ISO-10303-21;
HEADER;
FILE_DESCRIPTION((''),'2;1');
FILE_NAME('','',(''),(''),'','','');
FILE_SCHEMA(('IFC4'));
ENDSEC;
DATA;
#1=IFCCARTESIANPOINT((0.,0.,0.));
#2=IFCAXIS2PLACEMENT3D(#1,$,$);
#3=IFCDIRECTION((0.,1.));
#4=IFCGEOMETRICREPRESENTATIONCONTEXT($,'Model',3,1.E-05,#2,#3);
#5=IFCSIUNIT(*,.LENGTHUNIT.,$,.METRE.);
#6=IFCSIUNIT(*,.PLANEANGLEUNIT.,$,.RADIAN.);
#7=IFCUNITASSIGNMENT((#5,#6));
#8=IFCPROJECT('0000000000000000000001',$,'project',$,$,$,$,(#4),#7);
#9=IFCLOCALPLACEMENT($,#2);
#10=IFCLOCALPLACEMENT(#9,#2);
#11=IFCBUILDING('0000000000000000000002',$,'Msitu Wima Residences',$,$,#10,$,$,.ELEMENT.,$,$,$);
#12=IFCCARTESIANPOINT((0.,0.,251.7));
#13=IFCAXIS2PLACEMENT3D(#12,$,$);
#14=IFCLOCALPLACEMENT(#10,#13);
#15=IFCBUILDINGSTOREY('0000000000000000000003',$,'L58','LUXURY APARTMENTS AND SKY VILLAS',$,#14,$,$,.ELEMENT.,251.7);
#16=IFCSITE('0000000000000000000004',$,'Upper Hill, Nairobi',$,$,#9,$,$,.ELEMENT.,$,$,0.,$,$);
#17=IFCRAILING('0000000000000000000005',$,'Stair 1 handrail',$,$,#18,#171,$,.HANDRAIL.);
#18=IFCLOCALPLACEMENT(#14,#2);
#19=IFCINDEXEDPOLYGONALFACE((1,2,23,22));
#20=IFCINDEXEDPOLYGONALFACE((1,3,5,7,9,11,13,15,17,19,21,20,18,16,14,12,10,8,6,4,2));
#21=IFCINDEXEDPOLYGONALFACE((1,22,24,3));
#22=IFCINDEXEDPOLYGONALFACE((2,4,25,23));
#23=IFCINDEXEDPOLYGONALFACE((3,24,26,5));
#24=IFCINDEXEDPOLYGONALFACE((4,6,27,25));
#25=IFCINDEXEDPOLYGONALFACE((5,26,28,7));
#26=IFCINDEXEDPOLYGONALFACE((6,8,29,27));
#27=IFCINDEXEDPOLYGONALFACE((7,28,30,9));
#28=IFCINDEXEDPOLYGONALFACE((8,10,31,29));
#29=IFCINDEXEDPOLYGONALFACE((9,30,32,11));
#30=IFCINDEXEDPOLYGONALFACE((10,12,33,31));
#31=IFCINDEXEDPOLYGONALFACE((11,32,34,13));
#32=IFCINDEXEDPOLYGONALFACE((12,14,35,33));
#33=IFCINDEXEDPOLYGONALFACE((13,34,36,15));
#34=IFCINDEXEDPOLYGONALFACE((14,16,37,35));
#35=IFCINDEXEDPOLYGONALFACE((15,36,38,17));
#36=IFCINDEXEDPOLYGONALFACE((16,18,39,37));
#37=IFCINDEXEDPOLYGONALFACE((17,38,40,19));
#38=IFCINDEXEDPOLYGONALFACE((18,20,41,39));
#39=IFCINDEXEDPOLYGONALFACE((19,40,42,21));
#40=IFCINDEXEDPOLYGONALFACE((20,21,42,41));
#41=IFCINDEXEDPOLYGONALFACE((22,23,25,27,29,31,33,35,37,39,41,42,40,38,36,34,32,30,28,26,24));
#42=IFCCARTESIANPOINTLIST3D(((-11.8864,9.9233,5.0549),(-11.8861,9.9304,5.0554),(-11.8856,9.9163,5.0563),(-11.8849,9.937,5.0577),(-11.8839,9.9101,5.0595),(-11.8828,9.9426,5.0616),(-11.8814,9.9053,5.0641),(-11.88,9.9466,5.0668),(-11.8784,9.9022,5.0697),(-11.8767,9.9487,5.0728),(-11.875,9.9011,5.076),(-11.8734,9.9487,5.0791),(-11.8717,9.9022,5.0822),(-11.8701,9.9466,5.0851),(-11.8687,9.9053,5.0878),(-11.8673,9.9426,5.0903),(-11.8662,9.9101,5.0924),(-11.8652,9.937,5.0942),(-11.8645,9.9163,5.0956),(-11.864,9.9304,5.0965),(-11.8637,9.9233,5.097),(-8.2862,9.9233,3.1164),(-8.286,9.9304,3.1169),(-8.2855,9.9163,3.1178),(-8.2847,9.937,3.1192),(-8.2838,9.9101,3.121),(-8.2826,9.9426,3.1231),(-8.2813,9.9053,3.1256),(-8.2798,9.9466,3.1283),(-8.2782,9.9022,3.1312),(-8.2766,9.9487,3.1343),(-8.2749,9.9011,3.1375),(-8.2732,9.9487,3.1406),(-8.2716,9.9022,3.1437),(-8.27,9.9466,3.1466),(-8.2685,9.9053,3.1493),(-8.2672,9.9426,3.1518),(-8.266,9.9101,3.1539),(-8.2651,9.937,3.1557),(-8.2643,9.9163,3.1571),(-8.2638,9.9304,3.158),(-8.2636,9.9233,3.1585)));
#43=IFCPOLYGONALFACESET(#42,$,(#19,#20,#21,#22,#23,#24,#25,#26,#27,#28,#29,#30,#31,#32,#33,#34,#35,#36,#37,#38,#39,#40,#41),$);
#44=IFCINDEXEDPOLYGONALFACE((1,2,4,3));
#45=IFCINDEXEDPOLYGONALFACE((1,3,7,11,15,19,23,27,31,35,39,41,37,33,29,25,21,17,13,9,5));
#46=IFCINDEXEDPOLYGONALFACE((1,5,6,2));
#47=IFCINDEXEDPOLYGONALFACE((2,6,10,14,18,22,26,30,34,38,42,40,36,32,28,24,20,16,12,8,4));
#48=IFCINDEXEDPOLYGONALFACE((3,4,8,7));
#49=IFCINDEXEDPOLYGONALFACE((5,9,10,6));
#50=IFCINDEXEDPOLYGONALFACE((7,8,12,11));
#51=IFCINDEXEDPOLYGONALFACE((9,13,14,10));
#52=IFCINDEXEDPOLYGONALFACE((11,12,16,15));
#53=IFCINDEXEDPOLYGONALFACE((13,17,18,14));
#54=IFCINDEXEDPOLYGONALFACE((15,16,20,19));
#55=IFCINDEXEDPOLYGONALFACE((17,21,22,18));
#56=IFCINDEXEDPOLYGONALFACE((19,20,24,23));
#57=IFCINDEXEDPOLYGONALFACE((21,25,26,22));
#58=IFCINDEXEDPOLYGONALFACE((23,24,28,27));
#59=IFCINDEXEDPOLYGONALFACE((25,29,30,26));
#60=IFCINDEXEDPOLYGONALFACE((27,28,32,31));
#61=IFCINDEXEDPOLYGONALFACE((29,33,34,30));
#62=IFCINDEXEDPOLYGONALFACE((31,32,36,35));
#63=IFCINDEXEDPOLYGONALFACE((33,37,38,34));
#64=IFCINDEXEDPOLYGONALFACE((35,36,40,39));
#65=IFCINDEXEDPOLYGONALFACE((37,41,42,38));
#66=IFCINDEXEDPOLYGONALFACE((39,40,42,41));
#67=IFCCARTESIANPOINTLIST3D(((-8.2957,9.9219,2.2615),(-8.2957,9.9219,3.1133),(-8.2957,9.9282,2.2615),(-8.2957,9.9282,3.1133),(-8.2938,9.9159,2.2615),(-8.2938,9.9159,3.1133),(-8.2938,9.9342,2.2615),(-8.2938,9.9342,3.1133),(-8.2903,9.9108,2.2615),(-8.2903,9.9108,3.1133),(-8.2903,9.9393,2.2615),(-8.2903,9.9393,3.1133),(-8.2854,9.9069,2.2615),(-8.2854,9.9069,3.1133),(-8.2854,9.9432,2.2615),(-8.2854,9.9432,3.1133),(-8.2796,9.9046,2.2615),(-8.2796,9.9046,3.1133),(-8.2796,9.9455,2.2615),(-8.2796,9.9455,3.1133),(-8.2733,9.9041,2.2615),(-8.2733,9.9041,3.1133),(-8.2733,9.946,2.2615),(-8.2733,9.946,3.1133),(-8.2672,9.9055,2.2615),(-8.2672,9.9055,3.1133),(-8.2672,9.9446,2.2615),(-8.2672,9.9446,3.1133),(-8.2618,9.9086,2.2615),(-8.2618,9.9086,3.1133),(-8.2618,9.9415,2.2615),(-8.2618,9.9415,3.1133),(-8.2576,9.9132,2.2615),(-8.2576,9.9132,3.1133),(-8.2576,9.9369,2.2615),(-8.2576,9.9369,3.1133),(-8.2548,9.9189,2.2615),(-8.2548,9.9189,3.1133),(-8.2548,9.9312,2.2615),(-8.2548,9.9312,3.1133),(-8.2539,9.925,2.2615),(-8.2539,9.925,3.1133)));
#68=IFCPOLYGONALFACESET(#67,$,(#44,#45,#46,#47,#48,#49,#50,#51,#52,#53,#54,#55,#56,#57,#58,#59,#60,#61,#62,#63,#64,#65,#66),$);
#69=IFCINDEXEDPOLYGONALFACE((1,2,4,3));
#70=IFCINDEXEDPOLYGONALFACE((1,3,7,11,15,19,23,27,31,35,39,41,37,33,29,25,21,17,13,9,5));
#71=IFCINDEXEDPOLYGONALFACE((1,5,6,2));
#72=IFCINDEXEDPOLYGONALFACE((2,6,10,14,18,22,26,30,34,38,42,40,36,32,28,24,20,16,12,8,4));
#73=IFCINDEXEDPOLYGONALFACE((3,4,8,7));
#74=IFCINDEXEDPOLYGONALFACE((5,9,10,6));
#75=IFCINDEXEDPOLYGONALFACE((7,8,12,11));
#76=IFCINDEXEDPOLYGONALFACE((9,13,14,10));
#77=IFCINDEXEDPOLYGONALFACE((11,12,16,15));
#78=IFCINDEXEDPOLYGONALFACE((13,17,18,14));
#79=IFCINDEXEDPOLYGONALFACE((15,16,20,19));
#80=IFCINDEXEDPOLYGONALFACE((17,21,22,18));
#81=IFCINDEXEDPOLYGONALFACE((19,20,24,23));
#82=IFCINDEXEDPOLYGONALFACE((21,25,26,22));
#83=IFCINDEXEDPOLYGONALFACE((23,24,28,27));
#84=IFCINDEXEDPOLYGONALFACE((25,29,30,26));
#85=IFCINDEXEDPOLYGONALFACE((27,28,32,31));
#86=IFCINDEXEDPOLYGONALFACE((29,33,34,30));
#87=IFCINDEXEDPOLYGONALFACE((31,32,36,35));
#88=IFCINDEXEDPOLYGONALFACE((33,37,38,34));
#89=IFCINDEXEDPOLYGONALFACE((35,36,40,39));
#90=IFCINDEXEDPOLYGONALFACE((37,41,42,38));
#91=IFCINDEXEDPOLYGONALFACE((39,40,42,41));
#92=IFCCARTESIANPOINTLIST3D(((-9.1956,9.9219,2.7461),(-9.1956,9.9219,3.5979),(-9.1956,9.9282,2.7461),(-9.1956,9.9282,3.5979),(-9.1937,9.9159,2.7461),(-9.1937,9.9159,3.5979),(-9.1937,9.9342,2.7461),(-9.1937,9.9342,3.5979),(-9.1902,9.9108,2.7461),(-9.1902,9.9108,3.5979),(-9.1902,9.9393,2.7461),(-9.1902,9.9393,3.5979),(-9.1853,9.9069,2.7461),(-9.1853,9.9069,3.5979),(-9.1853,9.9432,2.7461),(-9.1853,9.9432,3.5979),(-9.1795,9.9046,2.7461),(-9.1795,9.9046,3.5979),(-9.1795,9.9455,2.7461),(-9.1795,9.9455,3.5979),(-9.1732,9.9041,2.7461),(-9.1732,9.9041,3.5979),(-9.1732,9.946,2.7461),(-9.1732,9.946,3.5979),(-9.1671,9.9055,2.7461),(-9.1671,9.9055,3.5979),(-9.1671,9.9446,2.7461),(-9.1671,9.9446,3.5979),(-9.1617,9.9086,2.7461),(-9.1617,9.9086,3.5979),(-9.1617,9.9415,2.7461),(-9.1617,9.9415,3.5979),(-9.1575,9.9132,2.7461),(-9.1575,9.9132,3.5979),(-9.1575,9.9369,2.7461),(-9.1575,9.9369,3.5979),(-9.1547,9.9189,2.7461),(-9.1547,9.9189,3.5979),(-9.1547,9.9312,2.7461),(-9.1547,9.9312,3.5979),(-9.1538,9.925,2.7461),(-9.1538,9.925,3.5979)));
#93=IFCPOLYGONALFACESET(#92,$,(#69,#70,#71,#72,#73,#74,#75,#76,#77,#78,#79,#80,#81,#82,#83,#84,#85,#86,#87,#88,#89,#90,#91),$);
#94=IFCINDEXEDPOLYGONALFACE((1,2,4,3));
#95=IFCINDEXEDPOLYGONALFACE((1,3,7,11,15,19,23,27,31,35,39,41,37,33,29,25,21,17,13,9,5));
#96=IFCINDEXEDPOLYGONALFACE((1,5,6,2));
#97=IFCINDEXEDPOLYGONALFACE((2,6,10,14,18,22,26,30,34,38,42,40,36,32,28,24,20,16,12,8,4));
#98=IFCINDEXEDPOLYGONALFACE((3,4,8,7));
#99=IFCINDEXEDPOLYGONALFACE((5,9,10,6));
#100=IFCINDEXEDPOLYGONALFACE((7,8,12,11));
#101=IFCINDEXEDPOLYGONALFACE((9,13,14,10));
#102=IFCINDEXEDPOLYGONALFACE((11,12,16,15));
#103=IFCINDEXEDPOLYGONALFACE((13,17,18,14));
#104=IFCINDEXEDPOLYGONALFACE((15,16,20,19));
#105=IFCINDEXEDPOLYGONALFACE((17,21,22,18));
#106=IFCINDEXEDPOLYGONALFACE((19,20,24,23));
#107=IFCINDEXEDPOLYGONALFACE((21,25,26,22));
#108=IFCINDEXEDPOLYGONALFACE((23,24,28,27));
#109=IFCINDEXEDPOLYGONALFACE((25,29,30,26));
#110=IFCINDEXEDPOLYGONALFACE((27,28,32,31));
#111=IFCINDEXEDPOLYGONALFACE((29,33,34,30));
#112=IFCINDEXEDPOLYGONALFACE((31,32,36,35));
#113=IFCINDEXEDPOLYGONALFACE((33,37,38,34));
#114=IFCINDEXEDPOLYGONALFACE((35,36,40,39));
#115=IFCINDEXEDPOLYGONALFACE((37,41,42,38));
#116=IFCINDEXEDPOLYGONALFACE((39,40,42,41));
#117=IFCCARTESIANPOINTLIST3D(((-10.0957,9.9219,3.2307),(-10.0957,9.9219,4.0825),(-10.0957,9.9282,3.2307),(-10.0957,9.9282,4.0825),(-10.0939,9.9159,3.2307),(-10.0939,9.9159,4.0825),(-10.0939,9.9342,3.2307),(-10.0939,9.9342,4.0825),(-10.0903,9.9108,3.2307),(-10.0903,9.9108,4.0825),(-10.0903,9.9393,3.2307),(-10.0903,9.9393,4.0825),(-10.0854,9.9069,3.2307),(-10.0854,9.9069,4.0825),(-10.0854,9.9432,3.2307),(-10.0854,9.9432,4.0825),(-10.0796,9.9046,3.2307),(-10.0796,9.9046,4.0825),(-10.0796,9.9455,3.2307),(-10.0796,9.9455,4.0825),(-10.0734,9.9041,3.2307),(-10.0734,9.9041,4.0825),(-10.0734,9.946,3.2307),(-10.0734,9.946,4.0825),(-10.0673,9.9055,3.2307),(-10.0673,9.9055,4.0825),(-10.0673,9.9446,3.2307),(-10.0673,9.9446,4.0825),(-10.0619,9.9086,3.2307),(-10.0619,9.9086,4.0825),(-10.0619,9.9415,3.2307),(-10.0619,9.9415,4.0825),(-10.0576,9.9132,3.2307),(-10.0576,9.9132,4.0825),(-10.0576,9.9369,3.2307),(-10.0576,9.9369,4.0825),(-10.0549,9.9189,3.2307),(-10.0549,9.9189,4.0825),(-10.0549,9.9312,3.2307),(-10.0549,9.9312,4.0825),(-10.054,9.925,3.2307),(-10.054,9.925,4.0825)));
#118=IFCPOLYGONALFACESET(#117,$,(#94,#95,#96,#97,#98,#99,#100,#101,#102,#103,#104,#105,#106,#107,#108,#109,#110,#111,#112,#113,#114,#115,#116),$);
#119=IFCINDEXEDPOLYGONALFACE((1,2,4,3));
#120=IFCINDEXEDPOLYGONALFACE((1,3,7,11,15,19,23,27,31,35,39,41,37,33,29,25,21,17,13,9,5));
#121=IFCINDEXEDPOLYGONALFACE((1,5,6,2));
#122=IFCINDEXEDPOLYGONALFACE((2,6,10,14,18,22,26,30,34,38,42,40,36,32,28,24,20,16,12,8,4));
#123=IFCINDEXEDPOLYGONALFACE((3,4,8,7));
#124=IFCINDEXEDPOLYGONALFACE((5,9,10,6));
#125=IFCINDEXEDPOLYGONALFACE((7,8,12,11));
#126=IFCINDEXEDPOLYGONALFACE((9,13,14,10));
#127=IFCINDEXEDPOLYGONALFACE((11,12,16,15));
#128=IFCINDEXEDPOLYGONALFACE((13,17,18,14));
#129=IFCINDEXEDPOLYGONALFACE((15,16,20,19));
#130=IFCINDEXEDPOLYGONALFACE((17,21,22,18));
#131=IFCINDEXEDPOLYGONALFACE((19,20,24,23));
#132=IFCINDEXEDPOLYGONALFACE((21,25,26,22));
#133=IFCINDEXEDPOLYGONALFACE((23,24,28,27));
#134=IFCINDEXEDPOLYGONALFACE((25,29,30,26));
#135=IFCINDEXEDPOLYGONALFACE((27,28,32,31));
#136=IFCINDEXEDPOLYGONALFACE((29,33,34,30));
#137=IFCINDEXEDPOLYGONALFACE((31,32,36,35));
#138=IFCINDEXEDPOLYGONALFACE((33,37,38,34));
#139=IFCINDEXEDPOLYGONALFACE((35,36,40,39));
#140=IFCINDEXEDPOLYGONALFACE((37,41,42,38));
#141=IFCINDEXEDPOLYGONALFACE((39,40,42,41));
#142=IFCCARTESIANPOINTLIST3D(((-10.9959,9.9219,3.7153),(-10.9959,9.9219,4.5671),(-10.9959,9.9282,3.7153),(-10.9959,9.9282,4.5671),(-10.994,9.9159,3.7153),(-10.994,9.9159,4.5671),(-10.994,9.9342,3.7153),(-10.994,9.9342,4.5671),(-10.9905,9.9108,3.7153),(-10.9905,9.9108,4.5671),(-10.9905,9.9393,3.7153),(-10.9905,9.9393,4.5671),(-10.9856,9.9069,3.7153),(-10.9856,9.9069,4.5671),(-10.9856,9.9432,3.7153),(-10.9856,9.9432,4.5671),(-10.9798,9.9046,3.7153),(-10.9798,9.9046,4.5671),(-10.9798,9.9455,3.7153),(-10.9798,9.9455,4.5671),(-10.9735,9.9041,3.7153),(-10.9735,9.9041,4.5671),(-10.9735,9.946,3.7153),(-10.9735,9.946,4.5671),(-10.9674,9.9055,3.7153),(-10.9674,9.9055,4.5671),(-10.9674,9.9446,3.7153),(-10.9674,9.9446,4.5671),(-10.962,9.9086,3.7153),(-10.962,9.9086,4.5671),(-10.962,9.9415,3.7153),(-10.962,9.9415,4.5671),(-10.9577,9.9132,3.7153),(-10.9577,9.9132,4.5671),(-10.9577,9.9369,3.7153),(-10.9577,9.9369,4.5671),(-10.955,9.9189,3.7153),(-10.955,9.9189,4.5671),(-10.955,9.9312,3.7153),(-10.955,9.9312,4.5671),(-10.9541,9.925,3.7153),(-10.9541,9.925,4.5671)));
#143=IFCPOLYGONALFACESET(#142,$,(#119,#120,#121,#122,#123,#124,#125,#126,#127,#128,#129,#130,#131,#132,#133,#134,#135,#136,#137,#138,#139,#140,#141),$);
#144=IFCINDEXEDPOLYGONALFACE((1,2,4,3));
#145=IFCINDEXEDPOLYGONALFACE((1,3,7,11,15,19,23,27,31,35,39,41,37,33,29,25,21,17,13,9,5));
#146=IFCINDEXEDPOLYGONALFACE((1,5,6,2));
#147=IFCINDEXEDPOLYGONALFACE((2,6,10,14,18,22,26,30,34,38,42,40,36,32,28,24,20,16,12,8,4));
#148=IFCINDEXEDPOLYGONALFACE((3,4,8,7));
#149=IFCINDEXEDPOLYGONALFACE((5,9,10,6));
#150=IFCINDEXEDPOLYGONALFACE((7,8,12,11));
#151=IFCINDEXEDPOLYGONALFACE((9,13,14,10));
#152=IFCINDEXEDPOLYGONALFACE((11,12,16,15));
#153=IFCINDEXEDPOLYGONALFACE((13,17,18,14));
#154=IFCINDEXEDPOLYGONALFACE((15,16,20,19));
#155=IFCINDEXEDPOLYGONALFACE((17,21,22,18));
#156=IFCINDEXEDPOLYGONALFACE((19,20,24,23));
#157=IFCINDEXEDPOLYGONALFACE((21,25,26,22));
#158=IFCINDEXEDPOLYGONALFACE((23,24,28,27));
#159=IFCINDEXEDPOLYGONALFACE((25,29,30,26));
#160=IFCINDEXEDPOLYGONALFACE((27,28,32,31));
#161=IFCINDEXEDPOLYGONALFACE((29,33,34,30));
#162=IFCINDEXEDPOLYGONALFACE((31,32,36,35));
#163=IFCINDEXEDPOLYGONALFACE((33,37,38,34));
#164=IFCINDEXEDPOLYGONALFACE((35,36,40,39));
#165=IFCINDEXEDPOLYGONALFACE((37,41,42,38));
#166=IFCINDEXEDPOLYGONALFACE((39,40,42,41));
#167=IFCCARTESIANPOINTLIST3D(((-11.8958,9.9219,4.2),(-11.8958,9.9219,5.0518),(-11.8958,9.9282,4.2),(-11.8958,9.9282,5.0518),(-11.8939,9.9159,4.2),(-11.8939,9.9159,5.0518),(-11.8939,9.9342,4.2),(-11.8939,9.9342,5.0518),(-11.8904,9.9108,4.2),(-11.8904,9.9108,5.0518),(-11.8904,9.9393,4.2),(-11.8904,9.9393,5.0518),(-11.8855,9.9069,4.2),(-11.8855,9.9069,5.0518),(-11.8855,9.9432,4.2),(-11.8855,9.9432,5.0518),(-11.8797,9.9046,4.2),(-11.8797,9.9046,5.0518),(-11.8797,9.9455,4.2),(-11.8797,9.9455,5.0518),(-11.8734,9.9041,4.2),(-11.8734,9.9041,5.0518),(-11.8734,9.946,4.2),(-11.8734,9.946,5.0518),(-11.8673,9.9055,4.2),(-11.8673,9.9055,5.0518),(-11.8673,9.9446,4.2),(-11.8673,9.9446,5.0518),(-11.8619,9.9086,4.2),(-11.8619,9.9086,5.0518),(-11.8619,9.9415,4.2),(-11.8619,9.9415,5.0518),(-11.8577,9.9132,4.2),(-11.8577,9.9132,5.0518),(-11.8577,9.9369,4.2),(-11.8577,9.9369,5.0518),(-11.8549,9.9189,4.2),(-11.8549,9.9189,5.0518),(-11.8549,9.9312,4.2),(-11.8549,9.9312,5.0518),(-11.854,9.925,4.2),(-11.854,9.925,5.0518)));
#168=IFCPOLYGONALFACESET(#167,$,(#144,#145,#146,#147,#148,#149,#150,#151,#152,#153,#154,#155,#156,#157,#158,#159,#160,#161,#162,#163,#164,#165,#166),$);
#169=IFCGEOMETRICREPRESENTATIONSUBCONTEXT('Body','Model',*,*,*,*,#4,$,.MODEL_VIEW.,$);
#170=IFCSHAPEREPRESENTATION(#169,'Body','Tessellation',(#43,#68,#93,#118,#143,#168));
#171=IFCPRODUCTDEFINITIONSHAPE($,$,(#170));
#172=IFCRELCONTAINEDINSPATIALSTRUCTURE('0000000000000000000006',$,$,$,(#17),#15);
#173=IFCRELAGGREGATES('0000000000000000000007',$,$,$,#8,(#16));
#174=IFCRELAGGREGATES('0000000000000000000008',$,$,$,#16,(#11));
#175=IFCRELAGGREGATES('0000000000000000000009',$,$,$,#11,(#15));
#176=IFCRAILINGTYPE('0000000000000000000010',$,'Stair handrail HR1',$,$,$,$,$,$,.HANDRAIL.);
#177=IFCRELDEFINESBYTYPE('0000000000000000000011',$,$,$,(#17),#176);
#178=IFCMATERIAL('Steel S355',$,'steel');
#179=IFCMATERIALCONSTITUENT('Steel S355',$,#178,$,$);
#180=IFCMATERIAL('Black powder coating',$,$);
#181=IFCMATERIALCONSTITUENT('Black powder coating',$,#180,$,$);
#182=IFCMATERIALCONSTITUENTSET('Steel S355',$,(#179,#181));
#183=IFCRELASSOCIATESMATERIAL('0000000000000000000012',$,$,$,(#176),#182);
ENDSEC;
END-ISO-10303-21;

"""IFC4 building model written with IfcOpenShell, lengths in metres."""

from ifc_helpers import new_model, si_unit, direction, frame, origin, origin_2d, place, context, subcontext, project, spatial, circle, extrude, material, constituent, constituent_set, type_object, element, save


model = new_model("IFC4")

# Units and contexts
model_context = context("Model", 3, precision=1e-05, world=origin(), true_north=direction((0.0, 1.0)))
body_context = subcontext(model_context, "Body", "Model", "MODEL_VIEW")
ifc_project = project(units=[si_unit("LENGTHUNIT", "METRE"), si_unit("PLANEANGLEUNIT", "RADIAN")], contexts=[model_context])

# Site, building, storey
site_placement = place(None, origin())
site = spatial("IfcSite", under=ifc_project, at=site_placement, Name="Upper Hill, Nairobi", CompositionType="ELEMENT", RefElevation=0.0)
building_placement = place(site_placement, origin())
building = spatial("IfcBuilding", under=site, at=building_placement, Name="Msitu Wima Residences", CompositionType="ELEMENT")
storey_placement = place(building_placement, frame((0.0, 0.0, 251.7)))
storey = spatial("IfcBuildingStorey", under=building, at=storey_placement, Name="L58", Description="LUXURY APARTMENTS AND SKY VILLAS", CompositionType="ELEMENT", Elevation=251.7)

# Railing
ifc_material_1 = material(Name="Steel S355", Category="steel")
ifc_constituent_1 = constituent(ifc_material_1, Name="Steel S355")
ifc_material_2 = material(Name="Black powder coating")
ifc_constituent_2 = constituent(ifc_material_2, Name="Black powder coating")
ifc_constituent_set = constituent_set(constituents=[ifc_constituent_1, ifc_constituent_2], Name="Steel S355")
railing_type = type_object("IfcRailingType", Name="Stair handrail HR1", PredefinedType="HANDRAIL", material=ifc_constituent_set)
for number, where, name in (
    (1, (-8.2749, 9.925, 2.2615), "Stair 1 handrail"),
):
    element("IfcRailing", number, at=place(storey_placement, frame(where)), inside=storey, type_object=railing_type, Name=name, PredefinedType="HANDRAIL", context=body_context, shape_type="SweptSolid", body=[
        extrude(circle(Radius=0.0239, at=origin_2d()), frame((0.0, 0.0, 0.876), z_axis=(-0.880475, 0.0, 0.474093), x_axis=(0.0, -1.0, 0.0)), (0.0, 0.0, 1.0), 4.0889),
        extrude(circle(Radius=0.021, at=origin_2d()), origin(), (0.0, 0.0, 1.0), 0.8518),
        extrude(circle(Radius=0.021, at=origin_2d()), frame((-0.8999, 0.0, 0.4846)), (0.0, 0.0, 1.0), 0.8518),
        extrude(circle(Radius=0.021, at=origin_2d()), frame((-1.8, 0.0, 0.9692)), (0.0, 0.0, 1.0), 0.8518),
        extrude(circle(Radius=0.021, at=origin_2d()), frame((-2.7002, 0.0, 1.4539)), (0.0, 0.0, 1.0), 0.8518),
        extrude(circle(Radius=0.021, at=origin_2d()), frame((-3.6001, 0.0, 1.9385)), (0.0, 0.0, 1.0), 0.8518),
    ])

save(model, "model.ifc")
